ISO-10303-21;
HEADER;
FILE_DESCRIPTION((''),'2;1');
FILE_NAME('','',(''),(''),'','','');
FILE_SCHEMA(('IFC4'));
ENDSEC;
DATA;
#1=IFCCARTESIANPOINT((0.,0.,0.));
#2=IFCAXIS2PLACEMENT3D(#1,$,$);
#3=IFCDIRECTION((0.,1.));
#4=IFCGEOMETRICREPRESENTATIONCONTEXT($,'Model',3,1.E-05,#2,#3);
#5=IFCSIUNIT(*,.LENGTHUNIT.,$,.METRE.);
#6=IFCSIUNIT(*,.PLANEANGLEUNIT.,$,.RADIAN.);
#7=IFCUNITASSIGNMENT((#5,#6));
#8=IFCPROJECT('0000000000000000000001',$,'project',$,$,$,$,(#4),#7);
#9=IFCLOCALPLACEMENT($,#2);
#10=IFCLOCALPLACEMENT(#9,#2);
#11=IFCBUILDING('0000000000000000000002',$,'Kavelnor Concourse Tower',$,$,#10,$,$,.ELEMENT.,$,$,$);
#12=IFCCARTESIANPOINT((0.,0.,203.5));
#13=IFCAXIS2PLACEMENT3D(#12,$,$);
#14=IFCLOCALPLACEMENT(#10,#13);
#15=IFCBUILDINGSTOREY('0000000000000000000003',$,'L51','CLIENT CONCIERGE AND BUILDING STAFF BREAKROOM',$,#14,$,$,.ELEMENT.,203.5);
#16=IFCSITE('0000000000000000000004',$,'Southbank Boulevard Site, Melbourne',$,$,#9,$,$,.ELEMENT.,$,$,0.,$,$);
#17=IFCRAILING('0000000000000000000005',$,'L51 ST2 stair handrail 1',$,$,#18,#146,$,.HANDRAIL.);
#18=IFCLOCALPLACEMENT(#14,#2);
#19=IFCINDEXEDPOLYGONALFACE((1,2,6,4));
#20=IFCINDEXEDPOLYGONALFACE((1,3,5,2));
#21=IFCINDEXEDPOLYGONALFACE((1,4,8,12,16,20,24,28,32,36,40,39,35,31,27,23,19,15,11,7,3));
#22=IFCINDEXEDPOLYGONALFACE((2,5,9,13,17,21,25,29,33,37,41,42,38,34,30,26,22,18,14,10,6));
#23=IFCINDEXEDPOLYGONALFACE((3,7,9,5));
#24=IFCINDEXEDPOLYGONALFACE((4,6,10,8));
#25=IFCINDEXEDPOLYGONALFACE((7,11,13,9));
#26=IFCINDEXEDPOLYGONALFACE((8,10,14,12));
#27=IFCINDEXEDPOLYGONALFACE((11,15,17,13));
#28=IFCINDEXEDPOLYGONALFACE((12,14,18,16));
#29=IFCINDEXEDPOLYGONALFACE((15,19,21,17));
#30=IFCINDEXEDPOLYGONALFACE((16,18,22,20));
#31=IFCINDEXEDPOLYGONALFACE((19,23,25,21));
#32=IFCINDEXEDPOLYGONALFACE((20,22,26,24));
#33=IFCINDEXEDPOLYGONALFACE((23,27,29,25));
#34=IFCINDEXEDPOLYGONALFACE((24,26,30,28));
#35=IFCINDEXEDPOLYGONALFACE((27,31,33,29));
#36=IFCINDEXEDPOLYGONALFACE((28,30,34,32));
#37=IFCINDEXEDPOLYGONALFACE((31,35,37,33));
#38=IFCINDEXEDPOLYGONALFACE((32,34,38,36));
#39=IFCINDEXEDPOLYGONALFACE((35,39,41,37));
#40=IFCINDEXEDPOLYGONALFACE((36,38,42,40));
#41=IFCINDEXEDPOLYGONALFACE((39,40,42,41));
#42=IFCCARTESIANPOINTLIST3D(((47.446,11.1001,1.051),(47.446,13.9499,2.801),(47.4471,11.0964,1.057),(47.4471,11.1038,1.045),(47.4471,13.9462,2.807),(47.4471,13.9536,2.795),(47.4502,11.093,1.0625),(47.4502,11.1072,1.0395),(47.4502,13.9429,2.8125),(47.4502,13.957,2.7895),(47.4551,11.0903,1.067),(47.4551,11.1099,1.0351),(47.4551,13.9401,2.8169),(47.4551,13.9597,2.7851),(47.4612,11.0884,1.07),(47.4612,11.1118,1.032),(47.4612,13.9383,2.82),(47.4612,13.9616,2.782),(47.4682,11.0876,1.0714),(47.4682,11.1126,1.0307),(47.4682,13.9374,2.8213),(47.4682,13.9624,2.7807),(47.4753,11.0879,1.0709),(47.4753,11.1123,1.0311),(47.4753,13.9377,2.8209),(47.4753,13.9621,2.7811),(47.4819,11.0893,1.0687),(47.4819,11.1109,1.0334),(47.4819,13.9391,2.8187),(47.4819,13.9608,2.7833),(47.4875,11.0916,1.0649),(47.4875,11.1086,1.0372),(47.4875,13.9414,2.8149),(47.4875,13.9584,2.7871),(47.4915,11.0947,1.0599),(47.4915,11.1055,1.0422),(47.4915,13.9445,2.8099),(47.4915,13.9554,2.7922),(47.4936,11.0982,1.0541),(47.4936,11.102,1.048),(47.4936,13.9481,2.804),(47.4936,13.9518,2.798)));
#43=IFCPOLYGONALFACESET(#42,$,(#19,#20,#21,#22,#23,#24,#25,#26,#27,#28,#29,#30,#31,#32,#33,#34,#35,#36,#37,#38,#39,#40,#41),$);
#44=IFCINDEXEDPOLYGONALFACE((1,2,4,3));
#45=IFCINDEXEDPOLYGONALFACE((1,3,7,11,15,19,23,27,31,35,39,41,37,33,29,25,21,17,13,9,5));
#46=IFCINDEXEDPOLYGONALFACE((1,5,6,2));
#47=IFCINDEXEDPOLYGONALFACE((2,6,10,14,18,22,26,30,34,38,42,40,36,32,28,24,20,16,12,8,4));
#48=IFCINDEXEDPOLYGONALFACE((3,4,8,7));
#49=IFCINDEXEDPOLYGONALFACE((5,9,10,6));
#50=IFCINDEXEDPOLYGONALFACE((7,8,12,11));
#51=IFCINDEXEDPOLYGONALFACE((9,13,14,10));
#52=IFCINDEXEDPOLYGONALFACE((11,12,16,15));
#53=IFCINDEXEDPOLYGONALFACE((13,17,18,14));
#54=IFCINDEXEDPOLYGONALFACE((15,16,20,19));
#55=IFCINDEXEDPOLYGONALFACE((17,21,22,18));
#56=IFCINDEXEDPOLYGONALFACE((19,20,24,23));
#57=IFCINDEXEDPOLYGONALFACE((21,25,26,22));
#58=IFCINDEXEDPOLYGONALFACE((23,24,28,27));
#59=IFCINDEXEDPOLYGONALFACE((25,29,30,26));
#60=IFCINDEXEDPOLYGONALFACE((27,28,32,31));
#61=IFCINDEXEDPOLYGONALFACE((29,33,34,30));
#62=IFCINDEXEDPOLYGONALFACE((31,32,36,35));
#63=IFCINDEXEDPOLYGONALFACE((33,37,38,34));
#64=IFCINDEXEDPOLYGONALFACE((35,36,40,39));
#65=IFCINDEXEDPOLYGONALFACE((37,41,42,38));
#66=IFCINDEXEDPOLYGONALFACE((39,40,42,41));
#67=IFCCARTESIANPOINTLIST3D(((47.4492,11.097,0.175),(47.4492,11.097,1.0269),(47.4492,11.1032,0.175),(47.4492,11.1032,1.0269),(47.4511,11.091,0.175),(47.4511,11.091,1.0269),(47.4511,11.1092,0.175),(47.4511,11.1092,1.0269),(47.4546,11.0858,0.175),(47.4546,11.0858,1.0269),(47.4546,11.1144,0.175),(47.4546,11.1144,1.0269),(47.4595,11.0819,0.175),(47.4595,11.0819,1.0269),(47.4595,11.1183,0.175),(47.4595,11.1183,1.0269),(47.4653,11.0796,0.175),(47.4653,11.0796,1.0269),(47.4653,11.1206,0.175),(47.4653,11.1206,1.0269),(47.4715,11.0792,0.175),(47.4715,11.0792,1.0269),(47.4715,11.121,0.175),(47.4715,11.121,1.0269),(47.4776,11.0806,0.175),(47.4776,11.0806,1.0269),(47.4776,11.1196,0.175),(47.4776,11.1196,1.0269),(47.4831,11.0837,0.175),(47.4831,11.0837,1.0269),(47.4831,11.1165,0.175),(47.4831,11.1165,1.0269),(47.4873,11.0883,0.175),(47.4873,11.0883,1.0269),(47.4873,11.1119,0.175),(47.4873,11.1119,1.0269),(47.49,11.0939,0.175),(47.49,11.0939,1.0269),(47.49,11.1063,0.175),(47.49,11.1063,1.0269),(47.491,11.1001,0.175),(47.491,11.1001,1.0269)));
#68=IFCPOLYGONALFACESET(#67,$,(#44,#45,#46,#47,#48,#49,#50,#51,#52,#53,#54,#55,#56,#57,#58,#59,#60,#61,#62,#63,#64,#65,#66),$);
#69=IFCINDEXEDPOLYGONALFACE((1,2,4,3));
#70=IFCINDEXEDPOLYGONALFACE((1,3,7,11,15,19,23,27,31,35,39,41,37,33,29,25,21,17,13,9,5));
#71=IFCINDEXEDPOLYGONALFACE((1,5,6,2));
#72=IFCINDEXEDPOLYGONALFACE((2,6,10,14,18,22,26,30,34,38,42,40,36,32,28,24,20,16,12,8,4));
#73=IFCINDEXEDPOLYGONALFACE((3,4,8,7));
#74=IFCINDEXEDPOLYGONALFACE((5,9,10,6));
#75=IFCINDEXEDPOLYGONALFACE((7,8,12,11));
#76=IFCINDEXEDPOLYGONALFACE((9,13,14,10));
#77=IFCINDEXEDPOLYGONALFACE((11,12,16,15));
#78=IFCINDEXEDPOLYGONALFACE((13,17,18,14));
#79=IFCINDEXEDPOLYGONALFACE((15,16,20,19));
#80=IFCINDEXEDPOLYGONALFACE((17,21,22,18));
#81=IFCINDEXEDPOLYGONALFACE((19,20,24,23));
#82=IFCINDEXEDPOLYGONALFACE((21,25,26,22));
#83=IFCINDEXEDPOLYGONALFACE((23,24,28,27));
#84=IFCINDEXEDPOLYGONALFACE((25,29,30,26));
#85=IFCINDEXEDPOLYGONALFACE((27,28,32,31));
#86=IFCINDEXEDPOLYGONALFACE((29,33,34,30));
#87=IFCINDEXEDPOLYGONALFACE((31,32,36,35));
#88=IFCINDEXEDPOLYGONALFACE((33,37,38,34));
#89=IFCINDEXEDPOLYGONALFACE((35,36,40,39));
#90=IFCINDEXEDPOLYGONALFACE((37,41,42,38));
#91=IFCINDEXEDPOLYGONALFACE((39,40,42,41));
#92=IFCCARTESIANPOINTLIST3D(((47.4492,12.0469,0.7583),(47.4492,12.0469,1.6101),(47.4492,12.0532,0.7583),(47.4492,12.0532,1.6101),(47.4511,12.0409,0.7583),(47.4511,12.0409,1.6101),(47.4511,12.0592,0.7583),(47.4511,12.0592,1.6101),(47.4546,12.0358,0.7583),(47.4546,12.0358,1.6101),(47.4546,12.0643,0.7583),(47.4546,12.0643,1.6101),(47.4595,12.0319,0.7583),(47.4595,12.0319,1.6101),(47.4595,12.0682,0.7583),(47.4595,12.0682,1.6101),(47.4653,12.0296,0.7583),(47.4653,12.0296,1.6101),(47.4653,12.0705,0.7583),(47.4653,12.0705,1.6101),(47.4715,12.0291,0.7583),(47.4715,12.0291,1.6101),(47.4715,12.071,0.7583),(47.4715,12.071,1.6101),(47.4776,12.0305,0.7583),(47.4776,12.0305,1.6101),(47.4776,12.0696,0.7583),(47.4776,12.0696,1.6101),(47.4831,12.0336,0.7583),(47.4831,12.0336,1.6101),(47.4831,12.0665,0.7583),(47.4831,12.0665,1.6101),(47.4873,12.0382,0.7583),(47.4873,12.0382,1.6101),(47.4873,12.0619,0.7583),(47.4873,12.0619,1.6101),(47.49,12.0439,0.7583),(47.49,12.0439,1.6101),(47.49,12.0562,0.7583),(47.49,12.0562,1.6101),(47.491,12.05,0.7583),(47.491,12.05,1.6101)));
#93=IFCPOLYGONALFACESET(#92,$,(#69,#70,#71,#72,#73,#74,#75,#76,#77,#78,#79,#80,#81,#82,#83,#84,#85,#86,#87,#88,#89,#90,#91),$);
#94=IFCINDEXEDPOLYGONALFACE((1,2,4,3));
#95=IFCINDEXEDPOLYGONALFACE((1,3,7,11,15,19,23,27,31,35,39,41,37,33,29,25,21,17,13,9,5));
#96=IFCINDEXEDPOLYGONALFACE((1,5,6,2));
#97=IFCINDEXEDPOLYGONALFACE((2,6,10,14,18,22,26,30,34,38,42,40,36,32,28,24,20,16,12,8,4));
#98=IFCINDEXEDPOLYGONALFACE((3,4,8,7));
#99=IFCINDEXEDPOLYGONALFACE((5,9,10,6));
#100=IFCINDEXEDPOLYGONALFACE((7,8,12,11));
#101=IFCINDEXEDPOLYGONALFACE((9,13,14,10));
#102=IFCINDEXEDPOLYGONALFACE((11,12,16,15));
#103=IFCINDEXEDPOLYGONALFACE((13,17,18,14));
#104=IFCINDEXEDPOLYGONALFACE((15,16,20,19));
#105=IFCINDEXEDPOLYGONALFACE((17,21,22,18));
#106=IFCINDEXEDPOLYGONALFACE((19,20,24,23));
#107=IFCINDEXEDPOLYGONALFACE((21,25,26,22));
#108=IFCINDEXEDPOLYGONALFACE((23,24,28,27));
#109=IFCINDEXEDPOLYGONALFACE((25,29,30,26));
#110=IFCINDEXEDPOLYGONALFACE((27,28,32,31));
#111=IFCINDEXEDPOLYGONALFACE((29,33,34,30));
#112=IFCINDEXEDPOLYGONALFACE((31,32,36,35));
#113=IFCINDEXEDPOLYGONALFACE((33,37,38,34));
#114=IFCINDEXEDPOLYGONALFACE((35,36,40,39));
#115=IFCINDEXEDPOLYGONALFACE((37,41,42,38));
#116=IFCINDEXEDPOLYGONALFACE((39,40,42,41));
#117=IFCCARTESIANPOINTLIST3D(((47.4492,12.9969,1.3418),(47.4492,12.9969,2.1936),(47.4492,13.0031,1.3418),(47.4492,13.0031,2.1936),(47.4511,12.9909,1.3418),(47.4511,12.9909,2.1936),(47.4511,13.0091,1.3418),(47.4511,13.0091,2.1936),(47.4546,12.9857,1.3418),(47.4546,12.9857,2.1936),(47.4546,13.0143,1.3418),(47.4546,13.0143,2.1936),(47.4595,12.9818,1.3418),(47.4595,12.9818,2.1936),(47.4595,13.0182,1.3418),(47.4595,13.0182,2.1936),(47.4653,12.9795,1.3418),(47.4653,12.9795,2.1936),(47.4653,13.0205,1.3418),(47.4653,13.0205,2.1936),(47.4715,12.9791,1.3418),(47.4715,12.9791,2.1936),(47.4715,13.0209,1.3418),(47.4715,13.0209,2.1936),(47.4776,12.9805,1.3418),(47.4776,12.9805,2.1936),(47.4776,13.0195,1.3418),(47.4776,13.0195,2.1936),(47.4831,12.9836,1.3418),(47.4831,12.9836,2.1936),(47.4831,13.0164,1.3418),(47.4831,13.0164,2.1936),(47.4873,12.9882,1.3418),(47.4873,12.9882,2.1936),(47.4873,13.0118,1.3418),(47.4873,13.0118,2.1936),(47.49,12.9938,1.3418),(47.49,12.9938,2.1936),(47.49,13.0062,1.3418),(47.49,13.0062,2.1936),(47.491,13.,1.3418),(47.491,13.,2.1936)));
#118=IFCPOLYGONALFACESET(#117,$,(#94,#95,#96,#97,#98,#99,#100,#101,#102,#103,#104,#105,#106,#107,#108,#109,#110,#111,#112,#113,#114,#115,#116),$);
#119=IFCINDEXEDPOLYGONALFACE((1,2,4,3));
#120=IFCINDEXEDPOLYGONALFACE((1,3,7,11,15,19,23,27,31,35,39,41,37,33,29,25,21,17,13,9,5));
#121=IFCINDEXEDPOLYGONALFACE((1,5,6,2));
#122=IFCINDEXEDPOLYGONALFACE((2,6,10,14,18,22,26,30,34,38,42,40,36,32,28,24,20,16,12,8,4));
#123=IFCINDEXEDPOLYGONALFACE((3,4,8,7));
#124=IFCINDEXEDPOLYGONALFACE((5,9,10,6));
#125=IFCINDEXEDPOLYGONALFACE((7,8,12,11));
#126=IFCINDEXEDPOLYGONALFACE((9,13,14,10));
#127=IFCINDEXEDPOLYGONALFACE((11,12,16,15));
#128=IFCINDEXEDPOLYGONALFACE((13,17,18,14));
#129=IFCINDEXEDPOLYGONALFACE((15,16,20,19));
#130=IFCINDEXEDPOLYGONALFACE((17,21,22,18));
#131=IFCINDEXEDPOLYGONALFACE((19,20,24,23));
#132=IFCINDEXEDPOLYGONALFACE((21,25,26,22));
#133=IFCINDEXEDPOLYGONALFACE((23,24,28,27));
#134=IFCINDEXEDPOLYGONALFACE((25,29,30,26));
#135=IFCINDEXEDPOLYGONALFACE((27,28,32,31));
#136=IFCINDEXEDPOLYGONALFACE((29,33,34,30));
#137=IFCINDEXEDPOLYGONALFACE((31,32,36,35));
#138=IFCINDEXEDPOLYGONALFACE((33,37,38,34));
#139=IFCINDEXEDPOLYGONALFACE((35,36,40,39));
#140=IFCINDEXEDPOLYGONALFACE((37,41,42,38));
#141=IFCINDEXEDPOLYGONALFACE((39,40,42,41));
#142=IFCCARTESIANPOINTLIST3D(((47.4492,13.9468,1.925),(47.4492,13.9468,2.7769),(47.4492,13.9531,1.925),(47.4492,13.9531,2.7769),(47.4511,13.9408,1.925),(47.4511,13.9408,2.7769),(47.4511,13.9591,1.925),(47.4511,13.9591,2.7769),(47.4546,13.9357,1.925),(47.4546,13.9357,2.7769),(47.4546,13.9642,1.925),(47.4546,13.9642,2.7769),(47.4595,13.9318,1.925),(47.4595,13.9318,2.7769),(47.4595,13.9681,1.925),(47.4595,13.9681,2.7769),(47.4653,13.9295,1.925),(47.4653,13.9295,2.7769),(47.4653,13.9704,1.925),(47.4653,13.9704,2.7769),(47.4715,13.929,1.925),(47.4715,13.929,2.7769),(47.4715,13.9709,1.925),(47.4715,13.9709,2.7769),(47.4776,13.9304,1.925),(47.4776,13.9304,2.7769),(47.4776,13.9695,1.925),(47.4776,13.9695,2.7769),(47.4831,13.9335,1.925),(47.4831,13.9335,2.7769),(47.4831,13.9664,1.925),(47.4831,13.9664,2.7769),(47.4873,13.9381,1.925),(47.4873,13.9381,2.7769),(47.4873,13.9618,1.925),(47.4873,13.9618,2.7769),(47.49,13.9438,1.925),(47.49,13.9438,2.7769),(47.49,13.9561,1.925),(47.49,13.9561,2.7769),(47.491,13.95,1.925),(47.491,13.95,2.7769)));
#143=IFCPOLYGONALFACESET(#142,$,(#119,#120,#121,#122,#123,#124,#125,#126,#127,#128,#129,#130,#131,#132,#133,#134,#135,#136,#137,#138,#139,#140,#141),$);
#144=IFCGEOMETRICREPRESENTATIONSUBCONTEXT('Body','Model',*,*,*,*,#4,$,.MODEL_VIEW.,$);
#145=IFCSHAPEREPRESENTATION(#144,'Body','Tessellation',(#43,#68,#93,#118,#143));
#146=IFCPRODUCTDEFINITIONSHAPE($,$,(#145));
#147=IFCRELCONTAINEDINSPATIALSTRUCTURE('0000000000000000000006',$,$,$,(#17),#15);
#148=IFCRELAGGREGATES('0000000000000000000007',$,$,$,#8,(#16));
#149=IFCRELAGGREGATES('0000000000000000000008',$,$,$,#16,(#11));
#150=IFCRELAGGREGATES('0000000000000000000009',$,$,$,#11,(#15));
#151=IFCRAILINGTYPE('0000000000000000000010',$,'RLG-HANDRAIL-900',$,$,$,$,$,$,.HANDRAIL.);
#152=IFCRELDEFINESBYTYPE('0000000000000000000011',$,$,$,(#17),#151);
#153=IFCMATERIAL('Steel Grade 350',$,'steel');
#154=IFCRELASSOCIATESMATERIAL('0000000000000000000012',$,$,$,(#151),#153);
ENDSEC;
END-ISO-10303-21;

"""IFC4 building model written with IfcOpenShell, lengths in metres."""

from ifc_helpers import new_model, si_unit, direction, frame, origin, origin_2d, place, context, subcontext, project, spatial, circle, extrude, material, type_object, element, save


model = new_model("IFC4")

# Units and contexts
model_context = context("Model", 3, precision=1e-05, world=origin(), true_north=direction((0.0, 1.0)))
body_context = subcontext(model_context, "Body", "Model", "MODEL_VIEW")
ifc_project = project(units=[si_unit("LENGTHUNIT", "METRE"), si_unit("PLANEANGLEUNIT", "RADIAN")], contexts=[model_context])

# Site, building, storey
site_placement = place(None, origin())
site = spatial("IfcSite", under=ifc_project, at=site_placement, Name="Southbank Boulevard Site, Melbourne", CompositionType="ELEMENT", RefElevation=0.0)
building_placement = place(site_placement, origin())
building = spatial("IfcBuilding", under=site, at=building_placement, Name="Kavelnor Concourse Tower", CompositionType="ELEMENT")
storey_placement = place(building_placement, frame((0.0, 0.0, 203.5)))
storey = spatial("IfcBuildingStorey", under=building, at=storey_placement, Name="L51", Description="CLIENT CONCIERGE AND BUILDING STAFF BREAKROOM", CompositionType="ELEMENT", Elevation=203.5)

# Shared definitions
ifc_material_1 = material(Name="Steel Grade 350", Category="steel")

# Railing
railing_type_1 = type_object("IfcRailingType", Name="RLG-HANDRAIL-900", PredefinedType="HANDRAIL", material=ifc_material_1)
railing_1_placement = place(storey_placement, frame((47.47, 11.1001, 0.175)))
element("IfcRailing", 1, at=railing_1_placement, inside=storey, type_object=railing_type_1, Name="L51 ST2 stair handrail 1", PredefinedType="HANDRAIL", context=body_context, shape_type="SweptSolid", body=[
    extrude(circle(Radius=0.0239, at=origin_2d()), frame((0.0, 0.0, 0.876), z_axis=(0.0, 0.852159, 0.523283), x_axis=(-1.0, 0.0, 0.0)), (0.0, 0.0, 1.0), 3.3442),
    extrude(circle(Radius=0.021, at=origin_2d()), origin(), (0.0, 0.0, 1.0), 0.8518),
    extrude(circle(Radius=0.021, at=origin_2d()), frame((0.0, 0.95, 0.5833)), (0.0, 0.0, 1.0), 0.8518),
    extrude(circle(Radius=0.021, at=origin_2d()), frame((0.0, 1.8999, 1.1667)), (0.0, 0.0, 1.0), 0.8518),
    extrude(circle(Radius=0.021, at=origin_2d()), frame((0.0, 2.8499, 1.75)), (0.0, 0.0, 1.0), 0.8518),
])

save(model, "model.ifc")
